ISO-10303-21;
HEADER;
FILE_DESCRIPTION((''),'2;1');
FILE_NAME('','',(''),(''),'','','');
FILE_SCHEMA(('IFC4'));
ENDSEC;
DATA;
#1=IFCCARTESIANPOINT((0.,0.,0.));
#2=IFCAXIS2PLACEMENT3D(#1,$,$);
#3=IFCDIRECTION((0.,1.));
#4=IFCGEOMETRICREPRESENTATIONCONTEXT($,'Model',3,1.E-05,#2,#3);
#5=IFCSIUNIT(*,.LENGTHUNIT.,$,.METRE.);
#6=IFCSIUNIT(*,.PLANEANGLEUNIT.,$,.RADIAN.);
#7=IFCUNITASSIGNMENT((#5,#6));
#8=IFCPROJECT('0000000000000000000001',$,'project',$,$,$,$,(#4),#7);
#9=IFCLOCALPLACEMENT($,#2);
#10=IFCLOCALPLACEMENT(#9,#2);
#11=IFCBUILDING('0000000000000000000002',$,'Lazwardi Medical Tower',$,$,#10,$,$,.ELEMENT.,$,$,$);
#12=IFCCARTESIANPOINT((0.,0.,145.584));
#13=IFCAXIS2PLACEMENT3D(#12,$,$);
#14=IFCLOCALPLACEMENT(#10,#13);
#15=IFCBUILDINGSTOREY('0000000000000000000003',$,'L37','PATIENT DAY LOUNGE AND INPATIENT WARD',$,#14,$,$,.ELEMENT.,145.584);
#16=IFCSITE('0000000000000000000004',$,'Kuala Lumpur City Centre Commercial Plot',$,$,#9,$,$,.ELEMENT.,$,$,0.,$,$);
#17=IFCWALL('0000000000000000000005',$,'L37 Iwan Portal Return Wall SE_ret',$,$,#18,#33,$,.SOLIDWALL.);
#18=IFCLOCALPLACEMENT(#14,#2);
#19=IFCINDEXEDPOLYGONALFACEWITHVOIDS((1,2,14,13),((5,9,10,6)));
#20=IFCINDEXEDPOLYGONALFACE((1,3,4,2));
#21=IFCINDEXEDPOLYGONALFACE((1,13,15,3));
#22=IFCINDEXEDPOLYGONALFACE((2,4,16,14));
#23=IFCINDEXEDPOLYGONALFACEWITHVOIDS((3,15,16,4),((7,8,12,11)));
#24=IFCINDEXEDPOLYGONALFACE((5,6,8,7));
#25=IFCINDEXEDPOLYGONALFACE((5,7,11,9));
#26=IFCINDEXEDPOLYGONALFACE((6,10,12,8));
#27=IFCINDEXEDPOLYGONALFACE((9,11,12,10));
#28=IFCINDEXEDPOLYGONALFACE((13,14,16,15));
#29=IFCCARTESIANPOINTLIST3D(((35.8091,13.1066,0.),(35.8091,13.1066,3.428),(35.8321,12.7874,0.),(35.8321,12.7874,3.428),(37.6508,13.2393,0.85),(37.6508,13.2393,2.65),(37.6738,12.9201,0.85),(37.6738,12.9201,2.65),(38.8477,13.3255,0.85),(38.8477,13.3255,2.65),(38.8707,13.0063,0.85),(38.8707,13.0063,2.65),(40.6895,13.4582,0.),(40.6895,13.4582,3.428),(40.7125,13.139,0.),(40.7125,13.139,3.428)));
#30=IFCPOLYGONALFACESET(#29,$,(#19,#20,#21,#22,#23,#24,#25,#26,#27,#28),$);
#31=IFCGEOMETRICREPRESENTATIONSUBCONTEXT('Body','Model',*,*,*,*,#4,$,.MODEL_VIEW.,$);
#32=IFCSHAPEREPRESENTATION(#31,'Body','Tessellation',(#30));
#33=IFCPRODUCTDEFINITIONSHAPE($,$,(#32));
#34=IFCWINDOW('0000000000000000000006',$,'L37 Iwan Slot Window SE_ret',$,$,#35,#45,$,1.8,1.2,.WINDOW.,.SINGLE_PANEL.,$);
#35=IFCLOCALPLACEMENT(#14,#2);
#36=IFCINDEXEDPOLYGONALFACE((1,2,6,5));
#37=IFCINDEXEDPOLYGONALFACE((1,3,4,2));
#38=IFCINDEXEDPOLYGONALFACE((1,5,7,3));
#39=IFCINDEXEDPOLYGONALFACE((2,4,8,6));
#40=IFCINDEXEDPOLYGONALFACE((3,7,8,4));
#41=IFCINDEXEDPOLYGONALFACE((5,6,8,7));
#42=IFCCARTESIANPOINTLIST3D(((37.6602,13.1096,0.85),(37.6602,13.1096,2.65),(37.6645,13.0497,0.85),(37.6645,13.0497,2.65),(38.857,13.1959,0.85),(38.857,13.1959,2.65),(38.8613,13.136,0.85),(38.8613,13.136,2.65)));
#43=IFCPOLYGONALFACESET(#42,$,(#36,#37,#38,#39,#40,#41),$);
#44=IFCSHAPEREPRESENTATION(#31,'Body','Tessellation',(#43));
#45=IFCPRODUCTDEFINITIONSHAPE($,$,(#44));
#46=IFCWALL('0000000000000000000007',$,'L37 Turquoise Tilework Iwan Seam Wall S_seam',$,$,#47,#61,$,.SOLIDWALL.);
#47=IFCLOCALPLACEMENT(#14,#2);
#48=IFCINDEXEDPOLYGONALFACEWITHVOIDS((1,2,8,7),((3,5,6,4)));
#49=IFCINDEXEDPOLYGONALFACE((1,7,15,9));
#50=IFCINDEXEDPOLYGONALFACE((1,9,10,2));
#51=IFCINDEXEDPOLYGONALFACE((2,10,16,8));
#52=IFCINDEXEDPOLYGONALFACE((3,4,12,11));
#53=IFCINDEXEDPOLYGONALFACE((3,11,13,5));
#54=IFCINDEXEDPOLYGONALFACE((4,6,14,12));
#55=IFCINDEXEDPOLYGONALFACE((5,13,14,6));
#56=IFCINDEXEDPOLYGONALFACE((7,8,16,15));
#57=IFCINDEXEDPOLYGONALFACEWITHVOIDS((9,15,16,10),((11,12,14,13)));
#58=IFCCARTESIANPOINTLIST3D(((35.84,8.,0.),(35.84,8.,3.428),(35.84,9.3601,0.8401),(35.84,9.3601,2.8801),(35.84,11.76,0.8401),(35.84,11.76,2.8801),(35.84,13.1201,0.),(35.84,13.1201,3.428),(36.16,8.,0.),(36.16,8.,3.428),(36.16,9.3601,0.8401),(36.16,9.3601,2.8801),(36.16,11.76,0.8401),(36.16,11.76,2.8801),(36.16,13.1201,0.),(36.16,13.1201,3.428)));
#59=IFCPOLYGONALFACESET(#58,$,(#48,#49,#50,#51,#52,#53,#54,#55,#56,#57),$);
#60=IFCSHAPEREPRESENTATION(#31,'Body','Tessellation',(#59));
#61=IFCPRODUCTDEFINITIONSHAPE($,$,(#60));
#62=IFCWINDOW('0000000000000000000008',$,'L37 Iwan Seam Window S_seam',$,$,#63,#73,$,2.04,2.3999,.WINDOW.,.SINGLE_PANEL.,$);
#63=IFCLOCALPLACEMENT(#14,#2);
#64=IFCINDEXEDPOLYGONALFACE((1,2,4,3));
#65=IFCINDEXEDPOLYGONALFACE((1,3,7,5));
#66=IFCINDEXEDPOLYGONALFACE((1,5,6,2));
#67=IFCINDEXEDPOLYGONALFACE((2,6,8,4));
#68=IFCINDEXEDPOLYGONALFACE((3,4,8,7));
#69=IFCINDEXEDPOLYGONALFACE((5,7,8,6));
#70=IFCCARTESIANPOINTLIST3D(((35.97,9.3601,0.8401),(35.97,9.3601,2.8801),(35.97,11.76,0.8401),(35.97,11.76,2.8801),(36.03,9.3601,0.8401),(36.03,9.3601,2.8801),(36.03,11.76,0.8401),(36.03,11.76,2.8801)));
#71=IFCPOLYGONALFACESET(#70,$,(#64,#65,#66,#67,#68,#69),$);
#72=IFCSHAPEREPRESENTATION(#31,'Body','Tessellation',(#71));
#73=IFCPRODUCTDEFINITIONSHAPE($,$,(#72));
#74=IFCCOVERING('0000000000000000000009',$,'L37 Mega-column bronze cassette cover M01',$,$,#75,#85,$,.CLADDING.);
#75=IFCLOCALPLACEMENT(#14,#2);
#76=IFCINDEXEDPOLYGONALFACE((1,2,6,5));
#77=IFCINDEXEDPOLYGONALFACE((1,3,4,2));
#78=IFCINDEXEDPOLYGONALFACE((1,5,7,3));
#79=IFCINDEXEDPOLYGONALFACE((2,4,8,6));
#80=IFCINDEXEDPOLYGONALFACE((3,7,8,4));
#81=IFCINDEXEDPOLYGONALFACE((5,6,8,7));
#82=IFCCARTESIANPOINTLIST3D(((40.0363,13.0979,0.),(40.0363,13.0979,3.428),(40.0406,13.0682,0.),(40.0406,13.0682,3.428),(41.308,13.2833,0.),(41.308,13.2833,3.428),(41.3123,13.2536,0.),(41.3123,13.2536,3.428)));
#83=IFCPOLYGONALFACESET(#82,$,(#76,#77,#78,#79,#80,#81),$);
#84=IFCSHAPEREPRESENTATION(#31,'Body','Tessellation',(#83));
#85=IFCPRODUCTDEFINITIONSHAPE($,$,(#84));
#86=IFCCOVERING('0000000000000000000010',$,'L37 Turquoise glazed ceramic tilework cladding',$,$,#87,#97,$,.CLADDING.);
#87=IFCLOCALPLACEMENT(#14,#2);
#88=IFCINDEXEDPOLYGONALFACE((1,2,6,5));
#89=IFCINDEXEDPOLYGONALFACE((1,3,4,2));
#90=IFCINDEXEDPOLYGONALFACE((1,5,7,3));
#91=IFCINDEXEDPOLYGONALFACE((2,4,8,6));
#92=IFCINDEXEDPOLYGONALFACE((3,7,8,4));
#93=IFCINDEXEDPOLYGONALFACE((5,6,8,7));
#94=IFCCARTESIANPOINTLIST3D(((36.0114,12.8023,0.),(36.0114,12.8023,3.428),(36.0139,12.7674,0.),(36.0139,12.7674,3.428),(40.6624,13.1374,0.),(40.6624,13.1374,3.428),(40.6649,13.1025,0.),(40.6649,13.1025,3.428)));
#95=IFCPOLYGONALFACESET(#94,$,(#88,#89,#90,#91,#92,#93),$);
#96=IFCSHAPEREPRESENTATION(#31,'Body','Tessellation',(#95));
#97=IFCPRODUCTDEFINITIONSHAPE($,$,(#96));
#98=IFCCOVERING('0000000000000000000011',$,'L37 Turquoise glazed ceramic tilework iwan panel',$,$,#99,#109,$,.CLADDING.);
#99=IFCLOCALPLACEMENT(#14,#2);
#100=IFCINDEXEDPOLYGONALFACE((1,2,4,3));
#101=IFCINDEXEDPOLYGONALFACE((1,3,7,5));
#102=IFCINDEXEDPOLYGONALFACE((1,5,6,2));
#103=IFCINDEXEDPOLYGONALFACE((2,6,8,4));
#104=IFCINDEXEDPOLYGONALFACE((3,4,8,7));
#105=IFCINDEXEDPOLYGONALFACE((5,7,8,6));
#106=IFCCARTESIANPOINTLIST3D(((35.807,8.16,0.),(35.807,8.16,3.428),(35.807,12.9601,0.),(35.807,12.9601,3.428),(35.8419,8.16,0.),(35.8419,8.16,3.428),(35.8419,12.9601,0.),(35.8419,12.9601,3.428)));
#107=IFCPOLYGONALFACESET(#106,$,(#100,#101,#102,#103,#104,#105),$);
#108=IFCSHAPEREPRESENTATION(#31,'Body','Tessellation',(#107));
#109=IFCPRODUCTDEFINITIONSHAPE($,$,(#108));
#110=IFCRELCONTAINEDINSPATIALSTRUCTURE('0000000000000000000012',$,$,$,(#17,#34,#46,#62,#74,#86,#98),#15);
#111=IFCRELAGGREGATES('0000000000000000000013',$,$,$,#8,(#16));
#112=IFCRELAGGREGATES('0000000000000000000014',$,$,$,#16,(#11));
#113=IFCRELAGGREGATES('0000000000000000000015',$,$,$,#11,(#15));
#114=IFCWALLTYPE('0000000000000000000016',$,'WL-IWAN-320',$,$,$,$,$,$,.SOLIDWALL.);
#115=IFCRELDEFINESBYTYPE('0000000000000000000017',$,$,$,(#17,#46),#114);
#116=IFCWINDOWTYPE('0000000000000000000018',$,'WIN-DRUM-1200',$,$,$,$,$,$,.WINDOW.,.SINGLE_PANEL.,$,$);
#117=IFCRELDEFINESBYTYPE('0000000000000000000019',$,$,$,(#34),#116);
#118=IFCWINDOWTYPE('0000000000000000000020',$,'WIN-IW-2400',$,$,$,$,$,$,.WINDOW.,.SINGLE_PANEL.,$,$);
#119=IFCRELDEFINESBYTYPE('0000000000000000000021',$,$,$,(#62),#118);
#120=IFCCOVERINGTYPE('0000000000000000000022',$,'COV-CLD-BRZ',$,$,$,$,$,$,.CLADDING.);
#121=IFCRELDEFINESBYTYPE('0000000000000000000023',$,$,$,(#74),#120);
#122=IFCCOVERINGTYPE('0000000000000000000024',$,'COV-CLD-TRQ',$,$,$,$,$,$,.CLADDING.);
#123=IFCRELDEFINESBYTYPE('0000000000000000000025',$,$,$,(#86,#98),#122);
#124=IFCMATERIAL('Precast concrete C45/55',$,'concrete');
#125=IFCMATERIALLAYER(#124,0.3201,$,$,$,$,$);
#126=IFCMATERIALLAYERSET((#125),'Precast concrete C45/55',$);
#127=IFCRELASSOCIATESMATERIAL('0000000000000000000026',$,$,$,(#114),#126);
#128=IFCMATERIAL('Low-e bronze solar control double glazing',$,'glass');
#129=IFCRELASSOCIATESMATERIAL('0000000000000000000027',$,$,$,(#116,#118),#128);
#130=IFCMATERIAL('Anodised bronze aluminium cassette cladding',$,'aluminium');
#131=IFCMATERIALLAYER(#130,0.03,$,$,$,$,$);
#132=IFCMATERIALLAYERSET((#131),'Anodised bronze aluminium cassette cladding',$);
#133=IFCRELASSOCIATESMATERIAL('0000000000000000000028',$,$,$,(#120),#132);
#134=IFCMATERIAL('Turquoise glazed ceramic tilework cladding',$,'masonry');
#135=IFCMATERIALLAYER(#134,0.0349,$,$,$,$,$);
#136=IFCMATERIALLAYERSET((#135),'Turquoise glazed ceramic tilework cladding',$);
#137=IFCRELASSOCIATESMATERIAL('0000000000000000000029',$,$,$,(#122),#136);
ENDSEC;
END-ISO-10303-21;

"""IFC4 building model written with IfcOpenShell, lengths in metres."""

from ifc_helpers import new_model, si_unit, direction, frame, frame_2d, origin, origin_2d, place, context, subcontext, project, spatial, rectangle, extrude, material, layer, layer_set, type_object, element, fill, save


model = new_model("IFC4")

# Units and contexts
model_context = context("Model", 3, precision=1e-05, world=origin(), true_north=direction((0.0, 1.0)))
body_context = subcontext(model_context, "Body", "Model", "MODEL_VIEW")
ifc_project = project(units=[si_unit("LENGTHUNIT", "METRE"), si_unit("PLANEANGLEUNIT", "RADIAN")], contexts=[model_context])

# Site, building, storey
site_placement = place(None, origin())
site = spatial("IfcSite", under=ifc_project, at=site_placement, Name="Kuala Lumpur City Centre Commercial Plot", CompositionType="ELEMENT", RefElevation=0.0)
building_placement = place(site_placement, origin())
building = spatial("IfcBuilding", under=site, at=building_placement, Name="Lazwardi Medical Tower", CompositionType="ELEMENT")
storey_placement = place(building_placement, frame((0.0, 0.0, 145.584)))
storey = spatial("IfcBuildingStorey", under=building, at=storey_placement, Name="L37", Description="PATIENT DAY LOUNGE AND INPATIENT WARD", CompositionType="ELEMENT", Elevation=145.584)

# Shared definitions
ifc_material_1 = material(Name="Low-e bronze solar control double glazing", Category="glass")

# Walls, openings, windows
ifc_material_2 = material(Name="Precast concrete C45/55", Category="concrete")
ifc_layer_1 = layer(ifc_material_2, 0.3201)
ifc_layer_set_1 = layer_set([ifc_layer_1], Name="Precast concrete C45/55")
wall_type = type_object("IfcWallType", Name="WL-IWAN-320", PredefinedType="SOLIDWALL", material=ifc_layer_set_1)
wall_1_placement = place(storey_placement, frame((35.8206, 12.947, 0.0), z_axis=(0.0, 0.0, 1.0), x_axis=(0.997415, 0.07185, 0.0)))
wall_1 = element("IfcWall", 1, at=wall_1_placement, inside=storey, type_object=wall_type, Name="L37 Iwan Portal Return Wall SE_ret", PredefinedType="SOLIDWALL", context=body_context, shape_type="SweptSolid", body=[
    extrude(rectangle(XDim=4.8931, YDim=0.3201, at=frame_2d((2.4465, 0.0))), origin(), (0.0, 0.0, 1.0), 3.428),
])
opening_1_placement = place(wall_1_placement, frame((1.8464, 0.0, 0.8501)))
opening_1 = element("IfcOpeningElement", 2, at=opening_1_placement, cuts=wall_1, PredefinedType="OPENING", context=body_context, shape_type="SweptSolid", body=[
    extrude(rectangle(XDim=1.2, YDim=1.8, at=frame_2d((0.6001, 0.8999))), frame((0.0, 0.1699, 0.0), z_axis=(0.0, -1.0, 0.0), x_axis=(1.0, 0.0, 0.0)), (0.0, 0.0, 1.0), 0.3401),
])
window_type_1 = type_object("IfcWindowType", Name="WIN-DRUM-1200", PartitioningType="SINGLE_PANEL", PredefinedType="WINDOW", material=ifc_material_1)
window_1_placement = place(opening_1_placement, origin())
window_1 = element("IfcWindow", 3, at=window_1_placement, inside=storey, type_object=window_type_1, Name="L37 Iwan Slot Window SE_ret", OverallHeight=1.8, OverallWidth=1.2, PartitioningType="SINGLE_PANEL", PredefinedType="WINDOW", context=body_context, shape_type="SweptSolid", body=[
    extrude(rectangle(XDim=1.2, YDim=1.8, at=frame_2d((0.6001, 0.8999))), frame((0.0, 0.03, 0.0), z_axis=(0.0, -1.0, 0.0), x_axis=(1.0, 0.0, 0.0)), (0.0, 0.0, 1.0), 0.0601),
])
fill(opening_1, window_1)
wall_2_placement = place(storey_placement, frame((36.0, 8.0, 0.0), z_axis=(0.0, 0.0, 1.0), x_axis=(0.0, 1.0, 0.0)))
wall_2 = element("IfcWall", 4, at=wall_2_placement, inside=storey, type_object=wall_type, Name="L37 Turquoise Tilework Iwan Seam Wall S_seam", PredefinedType="SOLIDWALL", context=body_context, shape_type="SweptSolid", body=[
    extrude(rectangle(XDim=5.1201, YDim=0.3201, at=frame_2d((2.5601, 0.0))), origin(), (0.0, 0.0, 1.0), 3.428),
])
opening_2_placement = place(wall_2_placement, frame((1.3601, 0.0, 0.8401)))
opening_2 = element("IfcOpeningElement", 5, at=opening_2_placement, cuts=wall_2, PredefinedType="OPENING", context=body_context, shape_type="SweptSolid", body=[
    extrude(rectangle(XDim=2.3999, YDim=2.04, at=frame_2d((1.2, 1.02))), frame((0.0, 0.1699, 0.0), z_axis=(0.0, -1.0, 0.0), x_axis=(1.0, 0.0, 0.0)), (0.0, 0.0, 1.0), 0.3401),
])
window_type_2 = type_object("IfcWindowType", Name="WIN-IW-2400", PartitioningType="SINGLE_PANEL", PredefinedType="WINDOW", material=ifc_material_1)
window_2_placement = place(opening_2_placement, origin())
window_2 = element("IfcWindow", 6, at=window_2_placement, inside=storey, type_object=window_type_2, Name="L37 Iwan Seam Window S_seam", OverallHeight=2.04, OverallWidth=2.3999, PartitioningType="SINGLE_PANEL", PredefinedType="WINDOW", context=body_context, shape_type="SweptSolid", body=[
    extrude(rectangle(XDim=2.3999, YDim=2.04, at=frame_2d((1.2, 1.02))), frame((0.0, 0.03, 0.0), z_axis=(0.0, -1.0, 0.0), x_axis=(1.0, 0.0, 0.0)), (0.0, 0.0, 1.0), 0.0601),
])
fill(opening_2, window_2)

# Coverings
ifc_material_3 = material(Name="Anodised bronze aluminium cassette cladding", Category="aluminium")
ifc_layer_2 = layer(ifc_material_3, 0.03)
ifc_layer_set_2 = layer_set([ifc_layer_2], Name="Anodised bronze aluminium cassette cladding")
covering_type_1 = type_object("IfcCoveringType", Name="COV-CLD-BRZ", PredefinedType="CLADDING", material=ifc_layer_set_2)
covering_1_placement = place(storey_placement, frame((40.6743, 13.1758, 0.0), z_axis=(0.0, 0.0, 1.0), x_axis=(0.989539, 0.144265, 0.0)))
element("IfcCovering", 7, at=covering_1_placement, inside=storey, type_object=covering_type_1, Name="L37 Mega-column bronze cassette cover M01", PredefinedType="CLADDING", context=body_context, shape_type="SweptSolid", body=[
    extrude(rectangle(XDim=1.2852, YDim=0.03, at=origin_2d()), origin(), (0.0, 0.0, 1.0), 3.428),
])
ifc_material_4 = material(Name="Turquoise glazed ceramic tilework cladding", Category="masonry")
ifc_layer_3 = layer(ifc_material_4, 0.0349)
ifc_layer_set_3 = layer_set([ifc_layer_3], Name="Turquoise glazed ceramic tilework cladding")
covering_type_2 = type_object("IfcCoveringType", Name="COV-CLD-TRQ", PredefinedType="CLADDING", material=ifc_layer_set_3)
covering_2_placement = place(storey_placement, frame((38.3381, 12.9524, 0.0), z_axis=(0.0, 0.0, 1.0), x_axis=(0.997415, 0.071863, 0.0)))
element("IfcCovering", 8, at=covering_2_placement, inside=storey, type_object=covering_type_2, Name="L37 Turquoise glazed ceramic tilework cladding", PredefinedType="CLADDING", context=body_context, shape_type="SweptSolid", body=[
    extrude(rectangle(XDim=4.6631, YDim=0.0349, at=origin_2d()), origin(), (0.0, 0.0, 1.0), 3.428),
])
covering_3_placement = place(storey_placement, frame((35.8245, 10.5601, 0.0), z_axis=(0.0, 0.0, 1.0), x_axis=(0.0, 1.0, 0.0)))
element("IfcCovering", 9, at=covering_3_placement, inside=storey, type_object=covering_type_2, Name="L37 Turquoise glazed ceramic tilework iwan panel", PredefinedType="CLADDING", context=body_context, shape_type="SweptSolid", body=[
    extrude(rectangle(XDim=4.8, YDim=0.0349, at=origin_2d()), origin(), (0.0, 0.0, 1.0), 3.428),
])

save(model, "model.ifc")
